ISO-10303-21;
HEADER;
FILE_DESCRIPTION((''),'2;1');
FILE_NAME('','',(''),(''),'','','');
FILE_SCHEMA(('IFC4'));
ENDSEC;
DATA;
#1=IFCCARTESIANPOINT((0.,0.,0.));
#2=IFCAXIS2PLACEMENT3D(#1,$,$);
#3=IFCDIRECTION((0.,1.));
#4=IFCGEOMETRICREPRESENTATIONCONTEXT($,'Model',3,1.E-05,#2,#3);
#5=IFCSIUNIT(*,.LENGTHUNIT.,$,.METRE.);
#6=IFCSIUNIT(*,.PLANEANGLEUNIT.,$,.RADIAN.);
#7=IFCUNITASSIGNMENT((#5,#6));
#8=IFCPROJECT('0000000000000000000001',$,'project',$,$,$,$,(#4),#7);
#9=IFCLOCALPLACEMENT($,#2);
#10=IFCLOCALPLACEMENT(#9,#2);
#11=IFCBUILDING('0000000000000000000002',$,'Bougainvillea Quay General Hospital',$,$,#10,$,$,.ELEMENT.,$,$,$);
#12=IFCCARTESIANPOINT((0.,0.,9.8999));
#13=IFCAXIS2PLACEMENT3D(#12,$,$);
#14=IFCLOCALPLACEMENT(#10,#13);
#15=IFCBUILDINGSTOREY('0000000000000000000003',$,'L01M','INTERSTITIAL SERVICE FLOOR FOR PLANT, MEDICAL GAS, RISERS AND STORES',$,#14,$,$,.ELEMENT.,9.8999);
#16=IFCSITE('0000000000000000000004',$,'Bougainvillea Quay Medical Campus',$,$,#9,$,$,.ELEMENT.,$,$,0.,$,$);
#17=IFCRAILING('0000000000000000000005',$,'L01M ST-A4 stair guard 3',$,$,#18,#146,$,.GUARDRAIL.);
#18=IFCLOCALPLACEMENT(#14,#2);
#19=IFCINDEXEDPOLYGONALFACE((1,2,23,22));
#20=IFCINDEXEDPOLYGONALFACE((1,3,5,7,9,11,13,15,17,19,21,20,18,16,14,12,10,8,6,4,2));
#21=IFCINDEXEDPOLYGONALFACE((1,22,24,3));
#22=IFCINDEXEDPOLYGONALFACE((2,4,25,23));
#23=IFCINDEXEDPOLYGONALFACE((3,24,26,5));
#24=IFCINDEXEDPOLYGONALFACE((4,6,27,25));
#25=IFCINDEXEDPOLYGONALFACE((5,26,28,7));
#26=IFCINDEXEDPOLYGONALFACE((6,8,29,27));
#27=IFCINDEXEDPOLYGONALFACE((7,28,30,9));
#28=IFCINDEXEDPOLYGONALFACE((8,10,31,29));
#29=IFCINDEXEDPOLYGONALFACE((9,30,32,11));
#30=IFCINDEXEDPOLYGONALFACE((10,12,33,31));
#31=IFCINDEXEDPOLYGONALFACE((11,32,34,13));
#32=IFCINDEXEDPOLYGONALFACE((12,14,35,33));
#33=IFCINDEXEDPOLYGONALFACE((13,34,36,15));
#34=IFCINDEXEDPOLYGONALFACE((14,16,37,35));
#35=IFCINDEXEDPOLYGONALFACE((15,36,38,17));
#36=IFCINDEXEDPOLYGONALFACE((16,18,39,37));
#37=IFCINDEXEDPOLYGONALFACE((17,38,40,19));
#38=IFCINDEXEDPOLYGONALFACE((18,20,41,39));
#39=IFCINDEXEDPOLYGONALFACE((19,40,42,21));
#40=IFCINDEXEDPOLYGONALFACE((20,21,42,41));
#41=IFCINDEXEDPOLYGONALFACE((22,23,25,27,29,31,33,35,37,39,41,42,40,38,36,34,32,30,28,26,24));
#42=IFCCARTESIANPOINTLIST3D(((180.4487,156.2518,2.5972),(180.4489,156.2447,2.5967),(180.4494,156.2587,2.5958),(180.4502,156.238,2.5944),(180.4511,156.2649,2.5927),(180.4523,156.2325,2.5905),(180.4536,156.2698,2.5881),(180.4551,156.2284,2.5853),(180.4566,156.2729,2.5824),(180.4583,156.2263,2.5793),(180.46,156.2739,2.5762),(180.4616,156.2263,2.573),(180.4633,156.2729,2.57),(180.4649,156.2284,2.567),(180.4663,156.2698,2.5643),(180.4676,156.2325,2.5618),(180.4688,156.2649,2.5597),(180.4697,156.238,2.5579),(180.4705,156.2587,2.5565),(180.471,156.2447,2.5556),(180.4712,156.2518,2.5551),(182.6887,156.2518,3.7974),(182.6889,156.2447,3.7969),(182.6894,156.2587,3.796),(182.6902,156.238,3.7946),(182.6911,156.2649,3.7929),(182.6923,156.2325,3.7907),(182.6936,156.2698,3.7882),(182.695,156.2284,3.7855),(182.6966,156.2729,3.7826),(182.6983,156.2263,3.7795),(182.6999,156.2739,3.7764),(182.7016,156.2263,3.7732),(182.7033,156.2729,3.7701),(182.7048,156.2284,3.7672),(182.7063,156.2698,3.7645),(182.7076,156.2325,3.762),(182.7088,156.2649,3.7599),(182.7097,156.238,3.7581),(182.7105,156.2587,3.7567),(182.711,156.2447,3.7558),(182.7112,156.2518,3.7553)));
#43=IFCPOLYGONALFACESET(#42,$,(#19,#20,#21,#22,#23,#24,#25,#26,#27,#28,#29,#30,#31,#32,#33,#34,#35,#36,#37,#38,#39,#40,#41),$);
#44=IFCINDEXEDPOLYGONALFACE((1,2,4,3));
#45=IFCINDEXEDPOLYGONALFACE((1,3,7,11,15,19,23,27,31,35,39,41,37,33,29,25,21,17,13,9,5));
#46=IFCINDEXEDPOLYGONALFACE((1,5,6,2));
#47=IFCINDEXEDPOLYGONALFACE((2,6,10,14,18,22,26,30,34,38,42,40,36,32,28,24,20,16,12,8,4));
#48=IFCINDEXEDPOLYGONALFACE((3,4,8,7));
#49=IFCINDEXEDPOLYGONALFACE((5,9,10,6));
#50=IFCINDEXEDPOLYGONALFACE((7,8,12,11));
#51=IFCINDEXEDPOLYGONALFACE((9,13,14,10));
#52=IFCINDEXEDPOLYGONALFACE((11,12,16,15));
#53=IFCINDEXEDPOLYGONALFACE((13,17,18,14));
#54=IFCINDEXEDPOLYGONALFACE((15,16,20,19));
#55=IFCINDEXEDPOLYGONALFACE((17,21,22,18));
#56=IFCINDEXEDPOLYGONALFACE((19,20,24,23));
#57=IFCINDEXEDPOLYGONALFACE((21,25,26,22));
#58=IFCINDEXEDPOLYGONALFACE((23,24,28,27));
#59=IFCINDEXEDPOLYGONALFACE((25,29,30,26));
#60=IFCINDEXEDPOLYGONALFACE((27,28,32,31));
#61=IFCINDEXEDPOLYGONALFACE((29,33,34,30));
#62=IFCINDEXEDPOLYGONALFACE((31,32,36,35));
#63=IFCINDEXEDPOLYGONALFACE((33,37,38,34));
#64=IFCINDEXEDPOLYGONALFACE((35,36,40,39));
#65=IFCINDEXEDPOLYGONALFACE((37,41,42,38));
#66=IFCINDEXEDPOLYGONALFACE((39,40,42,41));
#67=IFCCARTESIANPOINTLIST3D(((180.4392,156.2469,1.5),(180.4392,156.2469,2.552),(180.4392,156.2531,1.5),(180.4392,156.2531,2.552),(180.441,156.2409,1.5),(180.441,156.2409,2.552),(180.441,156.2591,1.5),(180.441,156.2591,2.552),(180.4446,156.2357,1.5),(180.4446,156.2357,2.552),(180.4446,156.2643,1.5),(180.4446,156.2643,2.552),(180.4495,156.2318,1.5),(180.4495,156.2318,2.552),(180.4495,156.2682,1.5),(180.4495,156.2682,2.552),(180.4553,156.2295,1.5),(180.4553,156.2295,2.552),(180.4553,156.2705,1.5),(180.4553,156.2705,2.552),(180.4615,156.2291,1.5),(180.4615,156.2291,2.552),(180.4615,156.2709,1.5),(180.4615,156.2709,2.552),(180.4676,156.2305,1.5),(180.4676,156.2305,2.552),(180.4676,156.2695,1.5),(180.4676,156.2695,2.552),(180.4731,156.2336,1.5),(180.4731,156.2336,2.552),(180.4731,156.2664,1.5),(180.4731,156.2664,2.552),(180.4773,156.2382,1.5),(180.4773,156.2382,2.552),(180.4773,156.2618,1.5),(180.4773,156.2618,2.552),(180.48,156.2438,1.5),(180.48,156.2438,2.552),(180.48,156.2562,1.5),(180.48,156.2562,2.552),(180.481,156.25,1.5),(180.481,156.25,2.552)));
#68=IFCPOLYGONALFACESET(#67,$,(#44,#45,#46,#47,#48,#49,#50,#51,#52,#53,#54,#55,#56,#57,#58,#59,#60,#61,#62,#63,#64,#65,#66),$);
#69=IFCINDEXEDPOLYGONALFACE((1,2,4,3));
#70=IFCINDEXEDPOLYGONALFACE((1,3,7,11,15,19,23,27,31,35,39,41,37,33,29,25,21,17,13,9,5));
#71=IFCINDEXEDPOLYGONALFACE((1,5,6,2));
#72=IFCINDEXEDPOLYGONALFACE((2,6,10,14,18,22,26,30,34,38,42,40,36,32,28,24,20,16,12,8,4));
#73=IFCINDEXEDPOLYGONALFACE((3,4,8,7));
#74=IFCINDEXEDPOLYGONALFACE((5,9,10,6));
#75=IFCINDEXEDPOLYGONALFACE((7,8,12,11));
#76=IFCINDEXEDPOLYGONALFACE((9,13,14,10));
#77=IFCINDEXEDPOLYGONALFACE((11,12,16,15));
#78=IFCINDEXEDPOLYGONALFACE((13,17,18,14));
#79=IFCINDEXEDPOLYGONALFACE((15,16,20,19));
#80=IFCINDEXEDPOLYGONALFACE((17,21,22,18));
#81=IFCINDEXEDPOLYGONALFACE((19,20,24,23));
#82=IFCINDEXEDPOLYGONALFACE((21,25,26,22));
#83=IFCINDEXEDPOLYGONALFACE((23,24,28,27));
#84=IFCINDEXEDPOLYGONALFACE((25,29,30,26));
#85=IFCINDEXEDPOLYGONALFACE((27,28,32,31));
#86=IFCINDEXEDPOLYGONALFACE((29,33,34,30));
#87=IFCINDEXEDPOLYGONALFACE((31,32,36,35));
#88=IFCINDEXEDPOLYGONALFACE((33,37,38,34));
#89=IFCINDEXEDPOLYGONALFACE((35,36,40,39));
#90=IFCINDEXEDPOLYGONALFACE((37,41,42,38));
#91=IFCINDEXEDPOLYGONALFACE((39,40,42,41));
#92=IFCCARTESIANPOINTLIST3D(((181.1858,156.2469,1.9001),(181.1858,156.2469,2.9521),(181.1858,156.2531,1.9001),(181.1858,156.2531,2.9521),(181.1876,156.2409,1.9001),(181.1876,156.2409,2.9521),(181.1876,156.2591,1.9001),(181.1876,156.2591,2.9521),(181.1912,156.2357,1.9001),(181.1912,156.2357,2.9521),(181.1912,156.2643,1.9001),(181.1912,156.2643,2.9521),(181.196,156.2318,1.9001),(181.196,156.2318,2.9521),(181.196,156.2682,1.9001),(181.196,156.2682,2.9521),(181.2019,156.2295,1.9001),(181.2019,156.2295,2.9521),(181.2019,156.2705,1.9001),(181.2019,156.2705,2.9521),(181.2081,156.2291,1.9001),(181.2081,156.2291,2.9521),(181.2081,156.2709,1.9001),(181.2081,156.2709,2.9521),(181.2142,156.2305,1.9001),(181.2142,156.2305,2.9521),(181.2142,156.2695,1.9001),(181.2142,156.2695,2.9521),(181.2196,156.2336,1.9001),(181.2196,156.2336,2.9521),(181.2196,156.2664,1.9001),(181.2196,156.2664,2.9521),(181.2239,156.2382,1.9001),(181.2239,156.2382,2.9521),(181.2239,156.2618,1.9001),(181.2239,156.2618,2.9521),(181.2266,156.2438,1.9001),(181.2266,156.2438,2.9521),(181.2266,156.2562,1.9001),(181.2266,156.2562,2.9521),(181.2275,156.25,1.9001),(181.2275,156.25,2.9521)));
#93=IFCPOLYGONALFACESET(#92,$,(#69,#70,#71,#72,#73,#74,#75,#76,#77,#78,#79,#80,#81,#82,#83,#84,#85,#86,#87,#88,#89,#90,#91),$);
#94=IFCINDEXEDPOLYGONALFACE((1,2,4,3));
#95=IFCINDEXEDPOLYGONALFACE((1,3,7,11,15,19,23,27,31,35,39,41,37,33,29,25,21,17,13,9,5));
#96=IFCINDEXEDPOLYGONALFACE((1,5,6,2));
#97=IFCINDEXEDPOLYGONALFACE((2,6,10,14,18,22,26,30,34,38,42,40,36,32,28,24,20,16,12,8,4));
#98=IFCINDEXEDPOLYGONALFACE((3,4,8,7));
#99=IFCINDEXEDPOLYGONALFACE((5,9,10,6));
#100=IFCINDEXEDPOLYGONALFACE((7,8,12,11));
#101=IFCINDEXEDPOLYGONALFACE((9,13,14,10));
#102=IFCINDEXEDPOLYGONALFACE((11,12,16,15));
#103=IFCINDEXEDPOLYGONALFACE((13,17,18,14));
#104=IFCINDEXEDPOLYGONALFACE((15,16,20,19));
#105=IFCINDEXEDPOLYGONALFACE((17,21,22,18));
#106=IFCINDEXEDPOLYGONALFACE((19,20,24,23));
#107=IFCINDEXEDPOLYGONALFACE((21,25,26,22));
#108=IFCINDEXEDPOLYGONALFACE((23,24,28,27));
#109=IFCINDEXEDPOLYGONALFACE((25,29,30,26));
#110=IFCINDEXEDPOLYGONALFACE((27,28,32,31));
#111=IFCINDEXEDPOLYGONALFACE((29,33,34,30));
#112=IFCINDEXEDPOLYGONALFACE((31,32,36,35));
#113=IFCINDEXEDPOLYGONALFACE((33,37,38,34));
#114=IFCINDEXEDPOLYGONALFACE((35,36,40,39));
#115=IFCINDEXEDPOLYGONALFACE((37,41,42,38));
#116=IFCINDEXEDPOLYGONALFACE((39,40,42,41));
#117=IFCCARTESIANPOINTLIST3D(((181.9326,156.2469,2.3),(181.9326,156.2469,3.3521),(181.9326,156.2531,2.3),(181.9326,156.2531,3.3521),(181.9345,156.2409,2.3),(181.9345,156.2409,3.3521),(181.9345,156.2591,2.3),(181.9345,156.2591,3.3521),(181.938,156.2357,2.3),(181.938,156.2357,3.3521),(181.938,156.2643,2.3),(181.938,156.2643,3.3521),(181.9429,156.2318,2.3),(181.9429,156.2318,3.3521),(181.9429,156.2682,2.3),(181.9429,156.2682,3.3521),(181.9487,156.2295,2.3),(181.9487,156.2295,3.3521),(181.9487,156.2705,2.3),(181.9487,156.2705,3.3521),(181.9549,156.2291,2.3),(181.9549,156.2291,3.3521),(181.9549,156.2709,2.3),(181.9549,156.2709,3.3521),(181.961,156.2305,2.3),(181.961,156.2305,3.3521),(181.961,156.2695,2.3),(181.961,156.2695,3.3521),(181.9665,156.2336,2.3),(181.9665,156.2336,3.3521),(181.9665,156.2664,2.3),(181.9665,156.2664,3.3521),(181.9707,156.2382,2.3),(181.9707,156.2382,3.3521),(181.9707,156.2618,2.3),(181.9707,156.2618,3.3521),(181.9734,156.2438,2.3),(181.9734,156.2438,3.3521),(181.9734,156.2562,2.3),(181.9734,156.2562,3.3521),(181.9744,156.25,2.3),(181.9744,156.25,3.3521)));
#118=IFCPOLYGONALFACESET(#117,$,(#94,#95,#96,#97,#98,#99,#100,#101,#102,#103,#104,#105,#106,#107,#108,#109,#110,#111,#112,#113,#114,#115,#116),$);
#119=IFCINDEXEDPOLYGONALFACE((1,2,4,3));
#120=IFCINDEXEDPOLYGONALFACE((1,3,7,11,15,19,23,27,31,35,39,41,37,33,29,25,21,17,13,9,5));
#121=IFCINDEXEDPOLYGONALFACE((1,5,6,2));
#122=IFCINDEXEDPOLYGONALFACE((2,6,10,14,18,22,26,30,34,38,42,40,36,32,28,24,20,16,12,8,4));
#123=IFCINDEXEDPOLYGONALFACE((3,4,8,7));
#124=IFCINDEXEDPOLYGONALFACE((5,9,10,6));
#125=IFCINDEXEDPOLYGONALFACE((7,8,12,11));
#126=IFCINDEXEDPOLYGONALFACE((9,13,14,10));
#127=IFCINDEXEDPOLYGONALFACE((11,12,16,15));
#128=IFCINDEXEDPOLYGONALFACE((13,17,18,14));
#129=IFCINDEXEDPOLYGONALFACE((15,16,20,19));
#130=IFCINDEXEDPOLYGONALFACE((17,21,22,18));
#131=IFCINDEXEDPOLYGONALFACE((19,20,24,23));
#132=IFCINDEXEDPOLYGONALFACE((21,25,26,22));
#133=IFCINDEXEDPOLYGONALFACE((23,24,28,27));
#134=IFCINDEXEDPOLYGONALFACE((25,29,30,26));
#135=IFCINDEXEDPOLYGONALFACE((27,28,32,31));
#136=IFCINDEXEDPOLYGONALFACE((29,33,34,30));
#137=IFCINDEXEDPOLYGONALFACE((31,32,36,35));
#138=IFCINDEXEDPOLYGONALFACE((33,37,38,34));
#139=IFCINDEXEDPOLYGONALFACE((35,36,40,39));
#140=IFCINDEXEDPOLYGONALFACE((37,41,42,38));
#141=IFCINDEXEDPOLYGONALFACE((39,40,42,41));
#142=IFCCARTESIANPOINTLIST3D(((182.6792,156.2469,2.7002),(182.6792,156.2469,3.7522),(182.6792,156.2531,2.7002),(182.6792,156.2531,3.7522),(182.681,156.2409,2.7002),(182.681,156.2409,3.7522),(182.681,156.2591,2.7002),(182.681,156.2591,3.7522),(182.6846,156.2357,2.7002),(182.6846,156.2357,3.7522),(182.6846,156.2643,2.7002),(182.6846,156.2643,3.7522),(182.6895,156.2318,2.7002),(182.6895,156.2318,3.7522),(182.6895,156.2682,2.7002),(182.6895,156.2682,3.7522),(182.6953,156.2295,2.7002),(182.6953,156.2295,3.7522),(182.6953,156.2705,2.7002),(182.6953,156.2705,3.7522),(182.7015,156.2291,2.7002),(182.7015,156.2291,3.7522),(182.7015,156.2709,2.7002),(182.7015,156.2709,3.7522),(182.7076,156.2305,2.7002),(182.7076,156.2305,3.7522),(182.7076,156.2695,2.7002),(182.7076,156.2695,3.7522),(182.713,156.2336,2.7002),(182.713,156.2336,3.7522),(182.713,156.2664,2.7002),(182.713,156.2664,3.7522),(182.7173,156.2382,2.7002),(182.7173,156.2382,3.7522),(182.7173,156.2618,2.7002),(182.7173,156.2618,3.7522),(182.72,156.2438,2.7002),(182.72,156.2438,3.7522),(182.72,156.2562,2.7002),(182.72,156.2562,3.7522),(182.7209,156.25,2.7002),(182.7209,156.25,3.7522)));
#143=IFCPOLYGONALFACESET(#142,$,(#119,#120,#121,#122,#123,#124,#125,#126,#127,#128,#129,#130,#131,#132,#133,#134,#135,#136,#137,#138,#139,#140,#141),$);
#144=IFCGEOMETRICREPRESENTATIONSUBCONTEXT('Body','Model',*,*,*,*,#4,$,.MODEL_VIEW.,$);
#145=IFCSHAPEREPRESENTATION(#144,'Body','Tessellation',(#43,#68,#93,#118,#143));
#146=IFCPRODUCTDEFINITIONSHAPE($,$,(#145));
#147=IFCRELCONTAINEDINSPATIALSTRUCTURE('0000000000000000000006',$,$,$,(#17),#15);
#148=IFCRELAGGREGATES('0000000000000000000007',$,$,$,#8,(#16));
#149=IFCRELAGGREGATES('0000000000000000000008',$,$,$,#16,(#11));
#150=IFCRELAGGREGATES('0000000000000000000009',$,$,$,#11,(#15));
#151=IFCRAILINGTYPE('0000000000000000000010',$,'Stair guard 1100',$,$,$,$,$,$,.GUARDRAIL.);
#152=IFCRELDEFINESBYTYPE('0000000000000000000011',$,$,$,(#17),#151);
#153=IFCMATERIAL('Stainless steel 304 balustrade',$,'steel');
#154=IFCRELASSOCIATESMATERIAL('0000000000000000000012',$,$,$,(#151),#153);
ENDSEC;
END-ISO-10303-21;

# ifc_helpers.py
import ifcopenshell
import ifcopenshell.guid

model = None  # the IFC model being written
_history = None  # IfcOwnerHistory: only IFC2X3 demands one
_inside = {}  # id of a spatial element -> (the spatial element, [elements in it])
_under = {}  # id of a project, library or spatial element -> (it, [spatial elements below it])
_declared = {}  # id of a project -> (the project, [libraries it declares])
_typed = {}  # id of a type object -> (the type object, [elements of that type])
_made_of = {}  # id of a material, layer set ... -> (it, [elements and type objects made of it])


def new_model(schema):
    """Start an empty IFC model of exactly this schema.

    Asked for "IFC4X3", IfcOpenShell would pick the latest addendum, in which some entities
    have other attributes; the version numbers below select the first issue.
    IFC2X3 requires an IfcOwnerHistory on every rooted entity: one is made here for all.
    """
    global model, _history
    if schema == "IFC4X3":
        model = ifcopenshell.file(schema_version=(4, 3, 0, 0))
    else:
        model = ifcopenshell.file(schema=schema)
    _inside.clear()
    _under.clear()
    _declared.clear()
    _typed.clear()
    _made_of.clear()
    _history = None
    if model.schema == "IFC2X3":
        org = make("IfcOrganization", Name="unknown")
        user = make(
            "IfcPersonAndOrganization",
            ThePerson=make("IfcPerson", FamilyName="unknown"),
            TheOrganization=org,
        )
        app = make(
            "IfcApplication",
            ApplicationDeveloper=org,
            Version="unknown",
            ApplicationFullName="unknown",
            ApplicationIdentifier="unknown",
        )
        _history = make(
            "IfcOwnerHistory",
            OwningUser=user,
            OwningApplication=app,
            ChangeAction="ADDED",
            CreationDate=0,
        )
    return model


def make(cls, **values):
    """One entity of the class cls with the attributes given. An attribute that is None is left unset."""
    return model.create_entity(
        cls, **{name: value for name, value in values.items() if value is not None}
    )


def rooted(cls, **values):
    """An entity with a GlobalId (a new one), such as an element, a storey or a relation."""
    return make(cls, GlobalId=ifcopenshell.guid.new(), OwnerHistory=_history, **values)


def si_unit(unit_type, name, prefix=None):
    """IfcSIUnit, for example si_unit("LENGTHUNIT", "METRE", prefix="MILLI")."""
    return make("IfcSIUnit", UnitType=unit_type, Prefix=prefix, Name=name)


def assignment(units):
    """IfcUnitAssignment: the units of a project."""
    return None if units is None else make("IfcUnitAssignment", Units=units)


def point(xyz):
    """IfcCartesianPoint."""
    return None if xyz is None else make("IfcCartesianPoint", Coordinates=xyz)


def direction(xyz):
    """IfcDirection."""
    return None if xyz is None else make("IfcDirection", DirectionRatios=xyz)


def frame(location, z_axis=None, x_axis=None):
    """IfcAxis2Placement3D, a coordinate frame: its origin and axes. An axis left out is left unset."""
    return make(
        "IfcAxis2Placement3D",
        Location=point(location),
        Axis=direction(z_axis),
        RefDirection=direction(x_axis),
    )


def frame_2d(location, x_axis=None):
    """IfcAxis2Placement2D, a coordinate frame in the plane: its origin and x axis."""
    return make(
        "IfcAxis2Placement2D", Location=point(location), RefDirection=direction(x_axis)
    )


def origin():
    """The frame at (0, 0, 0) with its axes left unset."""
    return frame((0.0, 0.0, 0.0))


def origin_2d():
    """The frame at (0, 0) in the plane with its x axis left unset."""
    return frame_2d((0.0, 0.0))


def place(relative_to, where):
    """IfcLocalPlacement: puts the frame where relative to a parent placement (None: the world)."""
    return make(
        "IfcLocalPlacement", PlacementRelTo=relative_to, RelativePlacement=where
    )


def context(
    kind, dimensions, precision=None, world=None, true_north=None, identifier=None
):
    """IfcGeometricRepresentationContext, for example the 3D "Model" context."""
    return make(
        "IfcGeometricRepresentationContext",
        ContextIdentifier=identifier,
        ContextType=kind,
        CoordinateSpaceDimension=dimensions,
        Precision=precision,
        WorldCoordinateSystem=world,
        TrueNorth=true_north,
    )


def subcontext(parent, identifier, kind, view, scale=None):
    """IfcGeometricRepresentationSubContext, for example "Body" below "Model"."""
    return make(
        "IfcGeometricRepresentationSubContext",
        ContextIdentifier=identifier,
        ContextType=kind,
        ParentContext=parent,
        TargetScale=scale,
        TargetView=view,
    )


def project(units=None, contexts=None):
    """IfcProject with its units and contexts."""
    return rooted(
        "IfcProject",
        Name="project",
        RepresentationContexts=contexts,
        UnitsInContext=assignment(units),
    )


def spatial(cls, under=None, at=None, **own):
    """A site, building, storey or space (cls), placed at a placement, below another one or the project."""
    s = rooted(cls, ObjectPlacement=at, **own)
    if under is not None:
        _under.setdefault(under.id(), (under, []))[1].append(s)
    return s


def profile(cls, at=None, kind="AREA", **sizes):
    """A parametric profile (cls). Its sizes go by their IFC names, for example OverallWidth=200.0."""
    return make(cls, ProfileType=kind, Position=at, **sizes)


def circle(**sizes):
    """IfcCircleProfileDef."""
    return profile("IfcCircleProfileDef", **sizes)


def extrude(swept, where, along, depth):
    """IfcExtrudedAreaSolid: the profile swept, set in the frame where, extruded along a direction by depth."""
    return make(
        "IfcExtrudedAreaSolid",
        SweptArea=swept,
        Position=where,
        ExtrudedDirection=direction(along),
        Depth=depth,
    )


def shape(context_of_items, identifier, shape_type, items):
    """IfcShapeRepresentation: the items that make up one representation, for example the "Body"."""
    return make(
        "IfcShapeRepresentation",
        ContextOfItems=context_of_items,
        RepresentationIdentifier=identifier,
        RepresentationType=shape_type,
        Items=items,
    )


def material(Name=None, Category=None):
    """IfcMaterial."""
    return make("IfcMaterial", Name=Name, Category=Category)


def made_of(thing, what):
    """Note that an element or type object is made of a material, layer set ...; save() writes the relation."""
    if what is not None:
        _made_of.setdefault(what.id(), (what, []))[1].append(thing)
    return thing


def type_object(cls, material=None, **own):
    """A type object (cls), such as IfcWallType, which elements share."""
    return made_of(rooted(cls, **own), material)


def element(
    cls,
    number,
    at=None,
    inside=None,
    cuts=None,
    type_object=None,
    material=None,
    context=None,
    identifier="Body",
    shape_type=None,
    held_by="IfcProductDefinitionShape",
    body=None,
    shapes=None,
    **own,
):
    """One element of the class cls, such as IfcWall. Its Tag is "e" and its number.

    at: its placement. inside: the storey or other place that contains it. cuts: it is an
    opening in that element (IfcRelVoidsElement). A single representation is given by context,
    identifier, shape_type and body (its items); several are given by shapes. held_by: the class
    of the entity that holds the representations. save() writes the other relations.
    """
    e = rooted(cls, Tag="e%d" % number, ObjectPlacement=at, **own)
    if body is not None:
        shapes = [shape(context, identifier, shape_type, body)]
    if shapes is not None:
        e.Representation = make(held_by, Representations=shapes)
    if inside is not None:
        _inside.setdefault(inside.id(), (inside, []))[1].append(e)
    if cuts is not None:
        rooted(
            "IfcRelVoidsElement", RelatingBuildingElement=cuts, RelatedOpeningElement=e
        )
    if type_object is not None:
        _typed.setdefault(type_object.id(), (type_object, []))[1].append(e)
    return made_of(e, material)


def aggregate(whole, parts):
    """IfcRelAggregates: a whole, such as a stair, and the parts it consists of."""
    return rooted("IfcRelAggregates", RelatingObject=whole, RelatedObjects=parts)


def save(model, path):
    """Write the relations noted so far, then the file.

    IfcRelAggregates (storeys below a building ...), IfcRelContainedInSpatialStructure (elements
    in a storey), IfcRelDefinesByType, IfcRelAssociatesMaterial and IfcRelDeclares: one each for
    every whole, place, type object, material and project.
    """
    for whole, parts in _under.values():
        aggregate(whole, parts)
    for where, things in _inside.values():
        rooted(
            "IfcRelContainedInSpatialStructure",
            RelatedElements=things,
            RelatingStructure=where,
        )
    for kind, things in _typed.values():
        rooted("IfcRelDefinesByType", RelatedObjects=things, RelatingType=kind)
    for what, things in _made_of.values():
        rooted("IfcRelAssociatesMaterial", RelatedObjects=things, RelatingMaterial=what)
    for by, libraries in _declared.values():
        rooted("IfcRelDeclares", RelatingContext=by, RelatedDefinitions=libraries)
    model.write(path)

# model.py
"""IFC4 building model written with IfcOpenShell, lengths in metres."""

from ifc_helpers import new_model, si_unit, direction, frame, origin, origin_2d, place, context, subcontext, project, spatial, circle, extrude, material, type_object, element, save


model = new_model("IFC4")

# Units and contexts
model_context = context("Model", 3, precision=1e-05, world=origin(), true_north=direction((0.0, 1.0)))
body_context = subcontext(model_context, "Body", "Model", "MODEL_VIEW")
ifc_project = project(units=[si_unit("LENGTHUNIT", "METRE"), si_unit("PLANEANGLEUNIT", "RADIAN")], contexts=[model_context])

# Site, building, storey
site_placement = place(None, origin())
site = spatial("IfcSite", under=ifc_project, at=site_placement, Name="Bougainvillea Quay Medical Campus", CompositionType="ELEMENT", RefElevation=0.0)
building_placement = place(site_placement, origin())
building = spatial("IfcBuilding", under=site, at=building_placement, Name="Bougainvillea Quay General Hospital", CompositionType="ELEMENT")
storey_placement = place(building_placement, frame((0.0, 0.0, 9.8999)))
storey = spatial("IfcBuildingStorey", under=building, at=storey_placement, Name="L01M", Description="INTERSTITIAL SERVICE FLOOR FOR PLANT, MEDICAL GAS, RISERS AND STORES", CompositionType="ELEMENT", Elevation=9.8999)

# Railing
ifc_material_1 = material(Name="Stainless steel 304 balustrade", Category="steel")
railing_type_1 = type_object("IfcRailingType", Name="Stair guard 1100", PredefinedType="GUARDRAIL", material=ifc_material_1)
railing_1_placement = place(storey_placement, frame((180.46, 156.25, 1.5)))
element("IfcRailing", 1, at=railing_1_placement, inside=storey, type_object=railing_type_1, Name="L01M ST-A4 stair guard 3", PredefinedType="GUARDRAIL", context=body_context, shape_type="SweptSolid", body=[
    extrude(circle(Radius=0.0239, at=origin_2d()), frame((0.0, 0.0, 1.0762), z_axis=(0.881447, 0.0, 0.472283), x_axis=(0.0, 1.0, 0.0)), (0.0, 0.0, 1.0), 2.5413),
    extrude(circle(Radius=0.021, at=origin_2d()), origin(), (0.0, 0.0, 1.0), 1.052),
    extrude(circle(Radius=0.021, at=origin_2d()), frame((0.7466, 0.0, 0.4001)), (0.0, 0.0, 1.0), 1.052),
    extrude(circle(Radius=0.021, at=origin_2d()), frame((1.4934, 0.0, 0.8)), (0.0, 0.0, 1.0), 1.052),
    extrude(circle(Radius=0.021, at=origin_2d()), frame((2.24, 0.0, 1.2002)), (0.0, 0.0, 1.0), 1.052),
])

save(model, "model.ifc")
